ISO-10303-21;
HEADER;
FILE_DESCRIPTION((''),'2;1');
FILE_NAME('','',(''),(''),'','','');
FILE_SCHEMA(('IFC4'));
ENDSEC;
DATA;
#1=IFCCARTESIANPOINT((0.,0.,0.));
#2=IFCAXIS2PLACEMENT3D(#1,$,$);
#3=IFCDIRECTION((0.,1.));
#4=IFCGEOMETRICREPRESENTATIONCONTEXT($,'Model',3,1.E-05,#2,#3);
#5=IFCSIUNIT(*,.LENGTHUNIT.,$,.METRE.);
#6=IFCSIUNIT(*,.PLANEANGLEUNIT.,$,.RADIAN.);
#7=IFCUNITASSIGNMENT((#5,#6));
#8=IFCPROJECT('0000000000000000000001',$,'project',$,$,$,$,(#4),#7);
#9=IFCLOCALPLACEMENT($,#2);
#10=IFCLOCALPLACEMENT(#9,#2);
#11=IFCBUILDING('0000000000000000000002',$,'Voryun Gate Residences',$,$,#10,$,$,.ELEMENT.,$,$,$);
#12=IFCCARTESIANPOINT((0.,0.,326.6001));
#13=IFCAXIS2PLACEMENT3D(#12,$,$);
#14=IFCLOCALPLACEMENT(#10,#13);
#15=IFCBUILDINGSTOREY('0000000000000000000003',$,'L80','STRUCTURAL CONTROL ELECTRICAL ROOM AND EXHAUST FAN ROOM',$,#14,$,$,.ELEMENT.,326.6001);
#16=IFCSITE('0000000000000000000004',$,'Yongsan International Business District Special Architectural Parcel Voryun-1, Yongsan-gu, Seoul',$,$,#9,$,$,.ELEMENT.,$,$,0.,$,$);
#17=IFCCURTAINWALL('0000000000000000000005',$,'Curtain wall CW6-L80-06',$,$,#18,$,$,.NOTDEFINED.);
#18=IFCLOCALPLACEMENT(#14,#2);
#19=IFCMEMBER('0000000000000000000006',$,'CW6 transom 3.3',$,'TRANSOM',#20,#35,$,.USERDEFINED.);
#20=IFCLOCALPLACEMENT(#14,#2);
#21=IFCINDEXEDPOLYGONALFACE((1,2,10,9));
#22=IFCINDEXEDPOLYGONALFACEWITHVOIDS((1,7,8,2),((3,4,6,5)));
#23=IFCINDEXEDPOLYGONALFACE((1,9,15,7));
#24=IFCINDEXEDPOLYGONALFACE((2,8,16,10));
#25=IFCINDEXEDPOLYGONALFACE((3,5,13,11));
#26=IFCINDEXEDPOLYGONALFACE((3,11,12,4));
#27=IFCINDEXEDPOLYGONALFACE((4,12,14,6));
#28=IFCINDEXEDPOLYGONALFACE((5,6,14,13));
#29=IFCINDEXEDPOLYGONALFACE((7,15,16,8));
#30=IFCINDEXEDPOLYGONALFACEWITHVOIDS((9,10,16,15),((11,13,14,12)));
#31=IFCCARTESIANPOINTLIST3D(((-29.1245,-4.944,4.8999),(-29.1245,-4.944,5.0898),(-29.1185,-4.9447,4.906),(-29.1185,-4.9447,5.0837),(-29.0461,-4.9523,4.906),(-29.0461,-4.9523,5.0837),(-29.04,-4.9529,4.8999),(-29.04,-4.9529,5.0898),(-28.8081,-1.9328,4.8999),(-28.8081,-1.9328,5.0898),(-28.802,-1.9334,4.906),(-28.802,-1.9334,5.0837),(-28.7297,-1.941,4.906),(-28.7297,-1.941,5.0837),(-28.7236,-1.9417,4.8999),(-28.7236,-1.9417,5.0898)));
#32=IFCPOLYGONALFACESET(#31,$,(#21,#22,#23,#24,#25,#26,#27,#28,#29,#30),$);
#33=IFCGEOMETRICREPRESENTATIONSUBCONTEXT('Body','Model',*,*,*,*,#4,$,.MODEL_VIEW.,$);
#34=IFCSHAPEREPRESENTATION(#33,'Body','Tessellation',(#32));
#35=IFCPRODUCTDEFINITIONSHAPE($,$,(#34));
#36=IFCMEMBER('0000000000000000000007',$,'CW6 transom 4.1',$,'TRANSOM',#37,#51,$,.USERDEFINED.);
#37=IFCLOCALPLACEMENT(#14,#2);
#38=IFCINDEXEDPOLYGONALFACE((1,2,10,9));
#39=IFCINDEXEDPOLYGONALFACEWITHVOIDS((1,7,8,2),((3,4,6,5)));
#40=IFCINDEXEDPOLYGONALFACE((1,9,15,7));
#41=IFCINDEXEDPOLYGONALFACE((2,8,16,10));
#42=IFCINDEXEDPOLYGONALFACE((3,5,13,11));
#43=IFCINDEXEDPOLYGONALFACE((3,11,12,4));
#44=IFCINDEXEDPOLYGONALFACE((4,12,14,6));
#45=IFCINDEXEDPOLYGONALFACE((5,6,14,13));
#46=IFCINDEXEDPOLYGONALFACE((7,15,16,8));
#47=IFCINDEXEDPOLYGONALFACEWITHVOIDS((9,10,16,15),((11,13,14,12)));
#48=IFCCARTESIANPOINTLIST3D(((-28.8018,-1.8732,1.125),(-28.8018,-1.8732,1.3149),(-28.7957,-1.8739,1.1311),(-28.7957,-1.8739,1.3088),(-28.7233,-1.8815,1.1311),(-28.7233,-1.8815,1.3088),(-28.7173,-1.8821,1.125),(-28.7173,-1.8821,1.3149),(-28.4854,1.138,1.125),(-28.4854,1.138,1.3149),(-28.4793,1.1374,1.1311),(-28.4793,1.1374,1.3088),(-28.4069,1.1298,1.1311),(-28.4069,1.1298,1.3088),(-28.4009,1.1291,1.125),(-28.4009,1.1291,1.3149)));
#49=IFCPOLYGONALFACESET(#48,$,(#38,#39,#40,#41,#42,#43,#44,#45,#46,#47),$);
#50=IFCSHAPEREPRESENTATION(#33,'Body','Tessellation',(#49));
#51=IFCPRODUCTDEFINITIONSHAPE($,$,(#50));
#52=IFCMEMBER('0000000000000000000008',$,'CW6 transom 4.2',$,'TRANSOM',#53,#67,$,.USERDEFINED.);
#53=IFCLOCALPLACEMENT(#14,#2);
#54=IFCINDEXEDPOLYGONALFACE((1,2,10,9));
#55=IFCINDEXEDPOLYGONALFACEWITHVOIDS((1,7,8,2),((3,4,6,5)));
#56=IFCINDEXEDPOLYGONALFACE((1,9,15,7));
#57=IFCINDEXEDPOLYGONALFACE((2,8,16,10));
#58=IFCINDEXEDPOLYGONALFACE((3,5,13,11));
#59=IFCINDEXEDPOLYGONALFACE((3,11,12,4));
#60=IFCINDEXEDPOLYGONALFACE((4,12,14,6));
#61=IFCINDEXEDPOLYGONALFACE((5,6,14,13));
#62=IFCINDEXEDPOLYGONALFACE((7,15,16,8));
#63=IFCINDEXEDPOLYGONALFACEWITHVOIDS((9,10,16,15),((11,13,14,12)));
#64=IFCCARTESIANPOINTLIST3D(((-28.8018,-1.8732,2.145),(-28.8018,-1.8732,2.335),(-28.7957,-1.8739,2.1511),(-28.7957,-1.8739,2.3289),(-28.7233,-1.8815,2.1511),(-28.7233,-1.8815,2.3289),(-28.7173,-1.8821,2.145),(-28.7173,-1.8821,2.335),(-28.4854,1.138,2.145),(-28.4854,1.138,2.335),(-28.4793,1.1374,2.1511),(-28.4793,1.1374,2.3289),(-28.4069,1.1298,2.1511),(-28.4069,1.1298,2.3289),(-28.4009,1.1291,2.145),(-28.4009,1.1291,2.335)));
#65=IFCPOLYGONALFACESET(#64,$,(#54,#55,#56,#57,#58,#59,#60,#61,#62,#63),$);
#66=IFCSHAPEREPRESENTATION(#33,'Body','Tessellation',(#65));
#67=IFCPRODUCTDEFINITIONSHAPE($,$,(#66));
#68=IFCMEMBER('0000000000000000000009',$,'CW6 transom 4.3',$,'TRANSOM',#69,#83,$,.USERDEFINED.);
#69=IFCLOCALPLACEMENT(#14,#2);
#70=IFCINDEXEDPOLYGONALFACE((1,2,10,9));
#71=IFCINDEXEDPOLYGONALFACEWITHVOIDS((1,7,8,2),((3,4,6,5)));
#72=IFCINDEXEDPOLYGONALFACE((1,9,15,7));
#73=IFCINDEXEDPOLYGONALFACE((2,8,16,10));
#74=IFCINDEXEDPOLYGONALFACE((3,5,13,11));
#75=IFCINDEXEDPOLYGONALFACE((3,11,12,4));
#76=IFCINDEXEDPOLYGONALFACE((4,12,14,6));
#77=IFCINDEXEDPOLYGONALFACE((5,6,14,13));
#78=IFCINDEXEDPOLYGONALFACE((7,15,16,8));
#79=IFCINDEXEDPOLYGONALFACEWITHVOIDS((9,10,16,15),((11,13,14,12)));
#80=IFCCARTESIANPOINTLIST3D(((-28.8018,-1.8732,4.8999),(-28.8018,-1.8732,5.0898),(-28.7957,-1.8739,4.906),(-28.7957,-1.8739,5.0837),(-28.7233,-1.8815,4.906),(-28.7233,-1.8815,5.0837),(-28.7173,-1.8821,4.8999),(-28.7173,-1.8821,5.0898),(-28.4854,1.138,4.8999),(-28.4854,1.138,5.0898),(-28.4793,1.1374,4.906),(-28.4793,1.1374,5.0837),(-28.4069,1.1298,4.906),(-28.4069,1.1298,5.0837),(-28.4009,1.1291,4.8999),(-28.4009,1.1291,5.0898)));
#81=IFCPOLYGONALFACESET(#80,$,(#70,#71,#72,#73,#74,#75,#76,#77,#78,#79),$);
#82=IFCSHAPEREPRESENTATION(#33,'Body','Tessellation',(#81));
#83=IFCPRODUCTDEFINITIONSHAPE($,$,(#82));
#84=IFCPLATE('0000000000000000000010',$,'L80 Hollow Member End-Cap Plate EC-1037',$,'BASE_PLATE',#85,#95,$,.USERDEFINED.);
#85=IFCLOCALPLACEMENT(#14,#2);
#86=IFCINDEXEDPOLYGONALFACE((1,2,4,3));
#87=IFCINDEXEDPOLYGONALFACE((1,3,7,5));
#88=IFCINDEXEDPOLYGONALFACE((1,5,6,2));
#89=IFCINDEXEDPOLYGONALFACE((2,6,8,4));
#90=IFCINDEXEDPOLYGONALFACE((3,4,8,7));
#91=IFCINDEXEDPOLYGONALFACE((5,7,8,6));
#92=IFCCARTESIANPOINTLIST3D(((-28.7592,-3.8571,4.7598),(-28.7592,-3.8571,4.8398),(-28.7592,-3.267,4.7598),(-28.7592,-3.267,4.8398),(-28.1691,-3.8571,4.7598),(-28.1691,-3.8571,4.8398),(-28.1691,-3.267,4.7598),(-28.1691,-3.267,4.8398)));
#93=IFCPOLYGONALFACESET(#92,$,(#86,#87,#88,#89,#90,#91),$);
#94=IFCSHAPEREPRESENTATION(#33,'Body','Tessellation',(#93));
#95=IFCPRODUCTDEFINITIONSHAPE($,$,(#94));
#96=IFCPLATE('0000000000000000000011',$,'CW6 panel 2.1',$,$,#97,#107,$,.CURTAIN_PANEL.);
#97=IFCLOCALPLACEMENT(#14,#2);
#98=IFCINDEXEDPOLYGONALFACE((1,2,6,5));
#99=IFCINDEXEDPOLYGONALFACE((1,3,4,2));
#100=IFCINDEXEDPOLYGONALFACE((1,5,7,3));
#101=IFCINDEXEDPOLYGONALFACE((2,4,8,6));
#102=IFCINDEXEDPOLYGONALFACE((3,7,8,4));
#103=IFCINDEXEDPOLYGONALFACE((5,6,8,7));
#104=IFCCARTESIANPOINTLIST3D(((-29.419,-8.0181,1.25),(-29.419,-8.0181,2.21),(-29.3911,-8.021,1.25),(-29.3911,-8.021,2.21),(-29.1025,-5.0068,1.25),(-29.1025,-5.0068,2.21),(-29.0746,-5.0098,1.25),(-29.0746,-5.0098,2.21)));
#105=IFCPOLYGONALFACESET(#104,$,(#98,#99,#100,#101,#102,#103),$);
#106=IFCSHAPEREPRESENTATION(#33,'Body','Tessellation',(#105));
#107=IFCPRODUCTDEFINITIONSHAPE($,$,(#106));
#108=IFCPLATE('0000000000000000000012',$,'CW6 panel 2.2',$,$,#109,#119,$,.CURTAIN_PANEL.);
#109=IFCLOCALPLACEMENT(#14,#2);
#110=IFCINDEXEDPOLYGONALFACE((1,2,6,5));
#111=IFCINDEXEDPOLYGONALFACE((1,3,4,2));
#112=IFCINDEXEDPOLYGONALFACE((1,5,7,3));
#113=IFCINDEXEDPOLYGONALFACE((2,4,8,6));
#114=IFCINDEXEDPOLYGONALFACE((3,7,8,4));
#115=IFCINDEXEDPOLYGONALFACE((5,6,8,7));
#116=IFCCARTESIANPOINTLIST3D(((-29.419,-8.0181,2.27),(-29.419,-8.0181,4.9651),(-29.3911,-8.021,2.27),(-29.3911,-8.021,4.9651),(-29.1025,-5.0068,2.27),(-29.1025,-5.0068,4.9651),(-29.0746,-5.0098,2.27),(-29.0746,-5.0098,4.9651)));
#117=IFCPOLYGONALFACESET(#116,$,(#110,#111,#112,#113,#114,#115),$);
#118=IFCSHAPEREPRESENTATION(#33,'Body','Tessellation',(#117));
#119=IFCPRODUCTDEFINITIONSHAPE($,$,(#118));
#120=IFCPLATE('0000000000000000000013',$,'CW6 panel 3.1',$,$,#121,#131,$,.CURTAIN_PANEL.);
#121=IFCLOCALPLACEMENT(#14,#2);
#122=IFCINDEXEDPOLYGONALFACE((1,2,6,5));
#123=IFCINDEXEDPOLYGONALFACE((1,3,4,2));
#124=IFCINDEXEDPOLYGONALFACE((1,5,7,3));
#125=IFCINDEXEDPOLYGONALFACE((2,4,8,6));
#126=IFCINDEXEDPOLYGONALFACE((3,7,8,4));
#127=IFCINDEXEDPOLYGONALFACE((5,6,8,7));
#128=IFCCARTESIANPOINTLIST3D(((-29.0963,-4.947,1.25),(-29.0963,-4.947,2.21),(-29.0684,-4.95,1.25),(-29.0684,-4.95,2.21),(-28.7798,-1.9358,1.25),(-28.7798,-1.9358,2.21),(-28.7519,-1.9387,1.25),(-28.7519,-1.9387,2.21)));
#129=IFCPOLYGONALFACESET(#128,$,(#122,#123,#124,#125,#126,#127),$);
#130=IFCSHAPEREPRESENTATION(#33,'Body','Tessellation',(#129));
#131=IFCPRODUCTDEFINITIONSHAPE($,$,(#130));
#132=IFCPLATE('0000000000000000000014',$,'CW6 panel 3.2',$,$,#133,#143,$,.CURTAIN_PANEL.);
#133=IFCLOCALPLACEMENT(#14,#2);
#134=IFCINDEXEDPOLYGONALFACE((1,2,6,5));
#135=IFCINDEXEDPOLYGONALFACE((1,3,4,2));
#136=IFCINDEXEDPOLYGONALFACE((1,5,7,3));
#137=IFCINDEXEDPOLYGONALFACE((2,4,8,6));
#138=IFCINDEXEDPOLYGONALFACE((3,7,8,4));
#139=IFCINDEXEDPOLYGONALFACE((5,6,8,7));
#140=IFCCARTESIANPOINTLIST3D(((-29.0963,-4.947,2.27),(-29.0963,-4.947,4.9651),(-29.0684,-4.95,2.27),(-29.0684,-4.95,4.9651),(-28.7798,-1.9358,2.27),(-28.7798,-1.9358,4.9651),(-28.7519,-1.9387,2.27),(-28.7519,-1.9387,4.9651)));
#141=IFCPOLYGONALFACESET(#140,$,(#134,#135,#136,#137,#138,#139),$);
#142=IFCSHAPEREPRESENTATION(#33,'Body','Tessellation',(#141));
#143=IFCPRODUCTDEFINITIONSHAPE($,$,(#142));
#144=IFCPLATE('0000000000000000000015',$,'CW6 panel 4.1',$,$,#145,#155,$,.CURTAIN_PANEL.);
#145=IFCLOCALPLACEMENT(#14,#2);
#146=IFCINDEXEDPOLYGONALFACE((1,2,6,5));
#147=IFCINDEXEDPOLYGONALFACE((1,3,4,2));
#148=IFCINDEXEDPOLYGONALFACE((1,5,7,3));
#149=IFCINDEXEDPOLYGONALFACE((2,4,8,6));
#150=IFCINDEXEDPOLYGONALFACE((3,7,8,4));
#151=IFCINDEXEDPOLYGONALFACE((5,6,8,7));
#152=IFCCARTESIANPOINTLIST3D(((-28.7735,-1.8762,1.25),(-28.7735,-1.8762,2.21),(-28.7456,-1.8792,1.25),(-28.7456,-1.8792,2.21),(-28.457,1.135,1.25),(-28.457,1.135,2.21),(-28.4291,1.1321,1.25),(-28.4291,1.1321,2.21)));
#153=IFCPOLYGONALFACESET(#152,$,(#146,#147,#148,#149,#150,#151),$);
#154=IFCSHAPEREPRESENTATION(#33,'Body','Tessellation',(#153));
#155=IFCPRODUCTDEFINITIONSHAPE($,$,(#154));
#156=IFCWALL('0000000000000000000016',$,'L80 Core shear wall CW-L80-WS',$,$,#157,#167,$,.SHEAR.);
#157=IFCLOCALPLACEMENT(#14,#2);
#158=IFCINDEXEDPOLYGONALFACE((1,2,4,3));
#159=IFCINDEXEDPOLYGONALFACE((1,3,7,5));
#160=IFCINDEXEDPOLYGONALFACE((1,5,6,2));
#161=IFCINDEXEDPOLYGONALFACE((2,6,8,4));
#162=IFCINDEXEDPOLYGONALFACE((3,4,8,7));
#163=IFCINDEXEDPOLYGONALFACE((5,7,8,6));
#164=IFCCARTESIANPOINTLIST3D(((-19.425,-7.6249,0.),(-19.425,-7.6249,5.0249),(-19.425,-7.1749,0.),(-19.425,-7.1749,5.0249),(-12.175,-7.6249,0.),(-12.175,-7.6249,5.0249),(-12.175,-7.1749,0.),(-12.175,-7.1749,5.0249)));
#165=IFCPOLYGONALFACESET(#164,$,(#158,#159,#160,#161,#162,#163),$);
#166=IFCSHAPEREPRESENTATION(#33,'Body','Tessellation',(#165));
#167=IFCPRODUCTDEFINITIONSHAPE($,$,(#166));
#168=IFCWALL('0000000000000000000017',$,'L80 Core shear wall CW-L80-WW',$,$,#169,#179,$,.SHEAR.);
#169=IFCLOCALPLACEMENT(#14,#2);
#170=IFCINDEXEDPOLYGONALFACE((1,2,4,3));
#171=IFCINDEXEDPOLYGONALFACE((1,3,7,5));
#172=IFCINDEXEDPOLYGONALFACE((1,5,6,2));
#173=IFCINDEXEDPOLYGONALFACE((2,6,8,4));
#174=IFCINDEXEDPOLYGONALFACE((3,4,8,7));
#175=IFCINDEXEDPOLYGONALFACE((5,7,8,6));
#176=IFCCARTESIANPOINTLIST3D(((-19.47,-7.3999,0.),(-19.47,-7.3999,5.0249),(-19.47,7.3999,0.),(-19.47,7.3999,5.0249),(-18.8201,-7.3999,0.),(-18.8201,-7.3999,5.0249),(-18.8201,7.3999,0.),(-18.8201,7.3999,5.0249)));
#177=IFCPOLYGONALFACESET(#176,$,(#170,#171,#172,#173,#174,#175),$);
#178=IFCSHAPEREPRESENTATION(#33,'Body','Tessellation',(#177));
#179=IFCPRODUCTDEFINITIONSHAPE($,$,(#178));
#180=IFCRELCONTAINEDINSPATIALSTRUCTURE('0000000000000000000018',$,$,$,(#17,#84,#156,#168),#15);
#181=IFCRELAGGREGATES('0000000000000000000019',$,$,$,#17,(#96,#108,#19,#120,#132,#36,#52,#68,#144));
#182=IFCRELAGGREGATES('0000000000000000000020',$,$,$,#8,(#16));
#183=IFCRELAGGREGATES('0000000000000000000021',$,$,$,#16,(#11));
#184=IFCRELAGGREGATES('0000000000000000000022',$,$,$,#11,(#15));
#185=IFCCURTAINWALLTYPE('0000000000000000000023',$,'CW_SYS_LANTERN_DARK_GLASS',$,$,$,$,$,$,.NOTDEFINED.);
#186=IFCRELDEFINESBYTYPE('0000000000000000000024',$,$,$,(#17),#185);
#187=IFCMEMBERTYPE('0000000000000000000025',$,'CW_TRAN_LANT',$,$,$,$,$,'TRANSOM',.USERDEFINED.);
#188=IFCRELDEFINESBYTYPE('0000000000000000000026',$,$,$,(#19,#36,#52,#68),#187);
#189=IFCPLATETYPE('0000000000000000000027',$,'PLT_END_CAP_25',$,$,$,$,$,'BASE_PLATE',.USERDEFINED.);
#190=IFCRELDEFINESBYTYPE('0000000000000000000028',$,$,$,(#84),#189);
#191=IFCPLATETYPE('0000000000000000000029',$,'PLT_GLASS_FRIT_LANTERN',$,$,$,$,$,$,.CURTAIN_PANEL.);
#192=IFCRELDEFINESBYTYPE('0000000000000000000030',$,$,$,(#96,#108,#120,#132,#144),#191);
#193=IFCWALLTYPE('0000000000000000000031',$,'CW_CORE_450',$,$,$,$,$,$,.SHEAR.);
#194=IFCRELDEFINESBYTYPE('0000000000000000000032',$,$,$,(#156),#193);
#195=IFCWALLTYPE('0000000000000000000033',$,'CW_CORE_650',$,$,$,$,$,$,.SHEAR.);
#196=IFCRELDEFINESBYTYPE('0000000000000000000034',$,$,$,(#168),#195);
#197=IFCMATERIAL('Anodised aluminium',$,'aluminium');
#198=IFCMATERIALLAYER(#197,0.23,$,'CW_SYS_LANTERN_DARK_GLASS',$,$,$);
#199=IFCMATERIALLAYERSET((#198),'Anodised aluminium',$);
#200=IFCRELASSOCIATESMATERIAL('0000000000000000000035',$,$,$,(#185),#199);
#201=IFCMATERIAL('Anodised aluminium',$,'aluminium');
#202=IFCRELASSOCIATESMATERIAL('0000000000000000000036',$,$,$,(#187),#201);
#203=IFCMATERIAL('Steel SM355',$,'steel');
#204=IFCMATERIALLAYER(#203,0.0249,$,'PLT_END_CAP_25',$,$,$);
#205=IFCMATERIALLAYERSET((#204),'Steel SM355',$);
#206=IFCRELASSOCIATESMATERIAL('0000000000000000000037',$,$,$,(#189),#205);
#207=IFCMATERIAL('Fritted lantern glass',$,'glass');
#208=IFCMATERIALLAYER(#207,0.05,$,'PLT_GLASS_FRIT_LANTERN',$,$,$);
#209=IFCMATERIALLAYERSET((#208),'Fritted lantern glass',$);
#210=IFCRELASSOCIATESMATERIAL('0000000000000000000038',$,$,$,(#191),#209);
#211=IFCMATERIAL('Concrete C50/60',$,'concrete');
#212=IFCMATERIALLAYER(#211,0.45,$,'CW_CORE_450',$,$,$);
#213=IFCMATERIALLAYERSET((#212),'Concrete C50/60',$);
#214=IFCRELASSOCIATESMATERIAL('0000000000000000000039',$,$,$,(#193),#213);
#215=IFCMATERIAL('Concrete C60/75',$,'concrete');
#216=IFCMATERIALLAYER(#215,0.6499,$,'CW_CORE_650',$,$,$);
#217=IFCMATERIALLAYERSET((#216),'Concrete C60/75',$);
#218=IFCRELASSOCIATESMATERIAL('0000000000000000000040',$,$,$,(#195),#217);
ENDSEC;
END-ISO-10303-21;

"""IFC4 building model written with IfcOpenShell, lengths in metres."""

from ifc_helpers import new_model, si_unit, direction, frame, frame_2d, origin, origin_2d, place, context, subcontext, project, spatial, rectangle, hollow_rectangle, extrude, material, layer, layer_set, material_profile, profile_set, type_object, element, aggregate, save


model = new_model("IFC4")

# Units and contexts
model_context = context("Model", 3, precision=1e-05, world=origin(), true_north=direction((0.0, 1.0)))
body_context = subcontext(model_context, "Body", "Model", "MODEL_VIEW")
ifc_project = project(units=[si_unit("LENGTHUNIT", "METRE"), si_unit("PLANEANGLEUNIT", "RADIAN")], contexts=[model_context])

# Site, building, storey
site_placement = place(None, origin())
site = spatial("IfcSite", under=ifc_project, at=site_placement, Name="Yongsan International Business District Special Architectural Parcel Voryun-1, Yongsan-gu, Seoul", CompositionType="ELEMENT", RefElevation=0.0)
building_placement = place(site_placement, origin())
building = spatial("IfcBuilding", under=site, at=building_placement, Name="Voryun Gate Residences", CompositionType="ELEMENT")
storey_placement = place(building_placement, frame((0.0, 0.0, 326.6001)))
storey = spatial("IfcBuildingStorey", under=building, at=storey_placement, Name="L80", Description="STRUCTURAL CONTROL ELECTRICAL ROOM AND EXHAUST FAN ROOM", CompositionType="ELEMENT", Elevation=326.6001)

# Curtain wall, members
ifc_material_1 = material(Name="Anodised aluminium", Category="aluminium")
ifc_layer_1 = layer(ifc_material_1, 0.23, Name="CW_SYS_LANTERN_DARK_GLASS")
ifc_layer_set_1 = layer_set([ifc_layer_1], Name="Anodised aluminium")
curtain_wall_type = type_object("IfcCurtainWallType", Name="CW_SYS_LANTERN_DARK_GLASS", PredefinedType="NOTDEFINED", material=ifc_layer_set_1)
curtain_wall_placement = place(storey_placement, origin())
curtain_wall = element("IfcCurtainWall", 1, at=curtain_wall_placement, inside=storey, type_object=curtain_wall_type, Name="Curtain wall CW6-L80-06", PredefinedType="NOTDEFINED")
ifc_material_2 = material(Name="Anodised aluminium", Category="aluminium")
ifc_material_profile_1 = material_profile(ifc_material_2, hollow_rectangle(XDim=0.085, YDim=0.1899, WallThickness=0.0061, at=origin_2d()), Name="ALU-TRAN-190x85x6")
ifc_profile_set_1 = profile_set([ifc_material_profile_1], Name="Anodised aluminium")
member_type_1 = type_object("IfcMemberType", Name="CW_TRAN_LANT", ElementType="TRANSOM", PredefinedType="USERDEFINED", material=ifc_profile_set_1)
member_1_placement = place(storey_placement, frame((-29.0823, -4.9485, 4.9949), z_axis=(0.1045, 0.994525, 0.0), x_axis=(-0.994525, 0.1045, 0.0)))
member_1 = element("IfcMember", 2, at=member_1_placement, type_object=member_type_1, Name="CW6 transom 3.3", ObjectType="TRANSOM", PredefinedType="USERDEFINED", context=body_context, shape_type="SweptSolid", body=[
    extrude(hollow_rectangle(XDim=0.085, YDim=0.1899, WallThickness=0.0061, at=origin_2d()), origin(), (0.0, 0.0, 1.0), 3.0278),
])
member_2_placement = place(storey_placement, frame((-28.7595, -1.8777, 1.22), z_axis=(0.1045, 0.994525, 0.0), x_axis=(-0.994525, 0.1045, 0.0)))
member_2 = element("IfcMember", 3, at=member_2_placement, type_object=member_type_1, Name="CW6 transom 4.1", ObjectType="TRANSOM", PredefinedType="USERDEFINED", context=body_context, shape_type="SweptSolid", body=[
    extrude(hollow_rectangle(XDim=0.085, YDim=0.1899, WallThickness=0.0061, at=origin_2d()), origin(), (0.0, 0.0, 1.0), 3.0278),
])
member_3_placement = place(storey_placement, frame((-28.7595, -1.8777, 2.24), z_axis=(0.1045, 0.994525, 0.0), x_axis=(-0.994525, 0.1045, 0.0)))
member_3 = element("IfcMember", 4, at=member_3_placement, type_object=member_type_1, Name="CW6 transom 4.2", ObjectType="TRANSOM", PredefinedType="USERDEFINED", context=body_context, shape_type="SweptSolid", body=[
    extrude(hollow_rectangle(XDim=0.085, YDim=0.1899, WallThickness=0.0061, at=origin_2d()), origin(), (0.0, 0.0, 1.0), 3.0278),
])
member_4_placement = place(storey_placement, frame((-28.7595, -1.8777, 4.9949), z_axis=(0.1045, 0.994525, 0.0), x_axis=(-0.994525, 0.1045, 0.0)))
member_4 = element("IfcMember", 5, at=member_4_placement, type_object=member_type_1, Name="CW6 transom 4.3", ObjectType="TRANSOM", PredefinedType="USERDEFINED", context=body_context, shape_type="SweptSolid", body=[
    extrude(hollow_rectangle(XDim=0.085, YDim=0.1899, WallThickness=0.0061, at=origin_2d()), origin(), (0.0, 0.0, 1.0), 3.0278),
])

# Plates
ifc_material_3 = material(Name="Steel SM355", Category="steel")
ifc_layer_2 = layer(ifc_material_3, 0.0249, Name="PLT_END_CAP_25")
ifc_layer_set_2 = layer_set([ifc_layer_2], Name="Steel SM355")
plate_type_1 = type_object("IfcPlateType", Name="PLT_END_CAP_25", ElementType="BASE_PLATE", PredefinedType="USERDEFINED", material=ifc_layer_set_2)
plate_1_placement = place(storey_placement, frame((-28.4641, -3.562, 4.7598), z_axis=(0.0, 0.0, 1.0), x_axis=(1.0, 0.0, 0.0)))
element("IfcPlate", 6, at=plate_1_placement, inside=storey, type_object=plate_type_1, Name="L80 Hollow Member End-Cap Plate EC-1037", ObjectType="BASE_PLATE", PredefinedType="USERDEFINED", context=body_context, shape_type="SweptSolid", body=[
    extrude(rectangle(XDim=0.5901, YDim=0.5901, at=origin_2d()), origin(), (0.0, 0.0, 1.0), 0.0801),
])
ifc_material_4 = material(Name="Fritted lantern glass", Category="glass")
ifc_layer_3 = layer(ifc_material_4, 0.05, Name="PLT_GLASS_FRIT_LANTERN")
ifc_layer_set_3 = layer_set([ifc_layer_3], Name="Fritted lantern glass")
plate_type_2 = type_object("IfcPlateType", Name="PLT_GLASS_FRIT_LANTERN", PredefinedType="CURTAIN_PANEL", material=ifc_layer_set_3)
plate_2_placement = place(storey_placement, frame((-29.2468, -6.5139, 1.25), z_axis=(0.0, 0.0, 1.0), x_axis=(0.104528, 0.994522, 0.0)))
plate_2 = element("IfcPlate", 7, at=plate_2_placement, type_object=plate_type_2, Name="CW6 panel 2.1", PredefinedType="CURTAIN_PANEL", context=body_context, shape_type="SweptSolid", body=[
    extrude(rectangle(XDim=3.0278, YDim=0.0281, at=origin_2d()), origin(), (0.0, 0.0, 1.0), 0.96),
])
plate_3_placement = place(storey_placement, frame((-29.2468, -6.5139, 2.27), z_axis=(0.0, 0.0, 1.0), x_axis=(0.104528, 0.994522, 0.0)))
plate_3 = element("IfcPlate", 8, at=plate_3_placement, type_object=plate_type_2, Name="CW6 panel 2.2", PredefinedType="CURTAIN_PANEL", context=body_context, shape_type="SweptSolid", body=[
    extrude(rectangle(XDim=3.0278, YDim=0.0281, at=origin_2d()), origin(), (0.0, 0.0, 1.0), 2.6951),
])
plate_4_placement = place(storey_placement, frame((-28.9241, -3.4429, 1.25), z_axis=(0.0, 0.0, 1.0), x_axis=(0.104528, 0.994522, 0.0)))
plate_4 = element("IfcPlate", 9, at=plate_4_placement, type_object=plate_type_2, Name="CW6 panel 3.1", PredefinedType="CURTAIN_PANEL", context=body_context, shape_type="SweptSolid", body=[
    extrude(rectangle(XDim=3.0278, YDim=0.0281, at=origin_2d()), origin(), (0.0, 0.0, 1.0), 0.96),
])
plate_5_placement = place(storey_placement, frame((-28.9241, -3.4429, 2.27), z_axis=(0.0, 0.0, 1.0), x_axis=(0.104528, 0.994522, 0.0)))
plate_5 = element("IfcPlate", 10, at=plate_5_placement, type_object=plate_type_2, Name="CW6 panel 3.2", PredefinedType="CURTAIN_PANEL", context=body_context, shape_type="SweptSolid", body=[
    extrude(rectangle(XDim=3.0278, YDim=0.0281, at=origin_2d()), origin(), (0.0, 0.0, 1.0), 2.6951),
])
plate_6_placement = place(storey_placement, frame((-28.6013, -0.3721, 1.25), z_axis=(0.0, 0.0, 1.0), x_axis=(0.104528, 0.994522, 0.0)))
plate_6 = element("IfcPlate", 11, at=plate_6_placement, type_object=plate_type_2, Name="CW6 panel 4.1", PredefinedType="CURTAIN_PANEL", context=body_context, shape_type="SweptSolid", body=[
    extrude(rectangle(XDim=3.0278, YDim=0.0281, at=origin_2d()), origin(), (0.0, 0.0, 1.0), 0.96),
])
aggregate(curtain_wall, [plate_2, plate_3, member_1, plate_4, plate_5, member_2, member_3, member_4, plate_6])

# Walls
ifc_material_5 = material(Name="Concrete C50/60", Category="concrete")
ifc_layer_4 = layer(ifc_material_5, 0.45, Name="CW_CORE_450")
ifc_layer_set_4 = layer_set([ifc_layer_4], Name="Concrete C50/60")
wall_type_1 = type_object("IfcWallType", Name="CW_CORE_450", PredefinedType="SHEAR", material=ifc_layer_set_4)
wall_1_placement = place(storey_placement, frame((-19.425, -7.3999, 0.0), z_axis=(0.0, 0.0, 1.0), x_axis=(1.0, 0.0, 0.0)))
element("IfcWall", 12, at=wall_1_placement, inside=storey, type_object=wall_type_1, Name="L80 Core shear wall CW-L80-WS", PredefinedType="SHEAR", context=body_context, shape_type="SweptSolid", body=[
    extrude(rectangle(XDim=7.25, YDim=0.45, at=frame_2d((3.625, 0.0))), origin(), (0.0, 0.0, 1.0), 5.0249),
])
ifc_material_6 = material(Name="Concrete C60/75", Category="concrete")
ifc_layer_5 = layer(ifc_material_6, 0.6499, Name="CW_CORE_650")
ifc_layer_set_5 = layer_set([ifc_layer_5], Name="Concrete C60/75")
wall_type_2 = type_object("IfcWallType", Name="CW_CORE_650", PredefinedType="SHEAR", material=ifc_layer_set_5)
wall_2_placement = place(storey_placement, frame((-19.145, -7.3999, 0.0), z_axis=(0.0, 0.0, 1.0), x_axis=(0.0, 1.0, 0.0)))
element("IfcWall", 13, at=wall_2_placement, inside=storey, type_object=wall_type_2, Name="L80 Core shear wall CW-L80-WW", PredefinedType="SHEAR", context=body_context, shape_type="SweptSolid", body=[
    extrude(rectangle(XDim=14.7998, YDim=0.6499, at=frame_2d((7.3999, 0.0))), origin(), (0.0, 0.0, 1.0), 5.0249),
])

save(model, "model.ifc")
